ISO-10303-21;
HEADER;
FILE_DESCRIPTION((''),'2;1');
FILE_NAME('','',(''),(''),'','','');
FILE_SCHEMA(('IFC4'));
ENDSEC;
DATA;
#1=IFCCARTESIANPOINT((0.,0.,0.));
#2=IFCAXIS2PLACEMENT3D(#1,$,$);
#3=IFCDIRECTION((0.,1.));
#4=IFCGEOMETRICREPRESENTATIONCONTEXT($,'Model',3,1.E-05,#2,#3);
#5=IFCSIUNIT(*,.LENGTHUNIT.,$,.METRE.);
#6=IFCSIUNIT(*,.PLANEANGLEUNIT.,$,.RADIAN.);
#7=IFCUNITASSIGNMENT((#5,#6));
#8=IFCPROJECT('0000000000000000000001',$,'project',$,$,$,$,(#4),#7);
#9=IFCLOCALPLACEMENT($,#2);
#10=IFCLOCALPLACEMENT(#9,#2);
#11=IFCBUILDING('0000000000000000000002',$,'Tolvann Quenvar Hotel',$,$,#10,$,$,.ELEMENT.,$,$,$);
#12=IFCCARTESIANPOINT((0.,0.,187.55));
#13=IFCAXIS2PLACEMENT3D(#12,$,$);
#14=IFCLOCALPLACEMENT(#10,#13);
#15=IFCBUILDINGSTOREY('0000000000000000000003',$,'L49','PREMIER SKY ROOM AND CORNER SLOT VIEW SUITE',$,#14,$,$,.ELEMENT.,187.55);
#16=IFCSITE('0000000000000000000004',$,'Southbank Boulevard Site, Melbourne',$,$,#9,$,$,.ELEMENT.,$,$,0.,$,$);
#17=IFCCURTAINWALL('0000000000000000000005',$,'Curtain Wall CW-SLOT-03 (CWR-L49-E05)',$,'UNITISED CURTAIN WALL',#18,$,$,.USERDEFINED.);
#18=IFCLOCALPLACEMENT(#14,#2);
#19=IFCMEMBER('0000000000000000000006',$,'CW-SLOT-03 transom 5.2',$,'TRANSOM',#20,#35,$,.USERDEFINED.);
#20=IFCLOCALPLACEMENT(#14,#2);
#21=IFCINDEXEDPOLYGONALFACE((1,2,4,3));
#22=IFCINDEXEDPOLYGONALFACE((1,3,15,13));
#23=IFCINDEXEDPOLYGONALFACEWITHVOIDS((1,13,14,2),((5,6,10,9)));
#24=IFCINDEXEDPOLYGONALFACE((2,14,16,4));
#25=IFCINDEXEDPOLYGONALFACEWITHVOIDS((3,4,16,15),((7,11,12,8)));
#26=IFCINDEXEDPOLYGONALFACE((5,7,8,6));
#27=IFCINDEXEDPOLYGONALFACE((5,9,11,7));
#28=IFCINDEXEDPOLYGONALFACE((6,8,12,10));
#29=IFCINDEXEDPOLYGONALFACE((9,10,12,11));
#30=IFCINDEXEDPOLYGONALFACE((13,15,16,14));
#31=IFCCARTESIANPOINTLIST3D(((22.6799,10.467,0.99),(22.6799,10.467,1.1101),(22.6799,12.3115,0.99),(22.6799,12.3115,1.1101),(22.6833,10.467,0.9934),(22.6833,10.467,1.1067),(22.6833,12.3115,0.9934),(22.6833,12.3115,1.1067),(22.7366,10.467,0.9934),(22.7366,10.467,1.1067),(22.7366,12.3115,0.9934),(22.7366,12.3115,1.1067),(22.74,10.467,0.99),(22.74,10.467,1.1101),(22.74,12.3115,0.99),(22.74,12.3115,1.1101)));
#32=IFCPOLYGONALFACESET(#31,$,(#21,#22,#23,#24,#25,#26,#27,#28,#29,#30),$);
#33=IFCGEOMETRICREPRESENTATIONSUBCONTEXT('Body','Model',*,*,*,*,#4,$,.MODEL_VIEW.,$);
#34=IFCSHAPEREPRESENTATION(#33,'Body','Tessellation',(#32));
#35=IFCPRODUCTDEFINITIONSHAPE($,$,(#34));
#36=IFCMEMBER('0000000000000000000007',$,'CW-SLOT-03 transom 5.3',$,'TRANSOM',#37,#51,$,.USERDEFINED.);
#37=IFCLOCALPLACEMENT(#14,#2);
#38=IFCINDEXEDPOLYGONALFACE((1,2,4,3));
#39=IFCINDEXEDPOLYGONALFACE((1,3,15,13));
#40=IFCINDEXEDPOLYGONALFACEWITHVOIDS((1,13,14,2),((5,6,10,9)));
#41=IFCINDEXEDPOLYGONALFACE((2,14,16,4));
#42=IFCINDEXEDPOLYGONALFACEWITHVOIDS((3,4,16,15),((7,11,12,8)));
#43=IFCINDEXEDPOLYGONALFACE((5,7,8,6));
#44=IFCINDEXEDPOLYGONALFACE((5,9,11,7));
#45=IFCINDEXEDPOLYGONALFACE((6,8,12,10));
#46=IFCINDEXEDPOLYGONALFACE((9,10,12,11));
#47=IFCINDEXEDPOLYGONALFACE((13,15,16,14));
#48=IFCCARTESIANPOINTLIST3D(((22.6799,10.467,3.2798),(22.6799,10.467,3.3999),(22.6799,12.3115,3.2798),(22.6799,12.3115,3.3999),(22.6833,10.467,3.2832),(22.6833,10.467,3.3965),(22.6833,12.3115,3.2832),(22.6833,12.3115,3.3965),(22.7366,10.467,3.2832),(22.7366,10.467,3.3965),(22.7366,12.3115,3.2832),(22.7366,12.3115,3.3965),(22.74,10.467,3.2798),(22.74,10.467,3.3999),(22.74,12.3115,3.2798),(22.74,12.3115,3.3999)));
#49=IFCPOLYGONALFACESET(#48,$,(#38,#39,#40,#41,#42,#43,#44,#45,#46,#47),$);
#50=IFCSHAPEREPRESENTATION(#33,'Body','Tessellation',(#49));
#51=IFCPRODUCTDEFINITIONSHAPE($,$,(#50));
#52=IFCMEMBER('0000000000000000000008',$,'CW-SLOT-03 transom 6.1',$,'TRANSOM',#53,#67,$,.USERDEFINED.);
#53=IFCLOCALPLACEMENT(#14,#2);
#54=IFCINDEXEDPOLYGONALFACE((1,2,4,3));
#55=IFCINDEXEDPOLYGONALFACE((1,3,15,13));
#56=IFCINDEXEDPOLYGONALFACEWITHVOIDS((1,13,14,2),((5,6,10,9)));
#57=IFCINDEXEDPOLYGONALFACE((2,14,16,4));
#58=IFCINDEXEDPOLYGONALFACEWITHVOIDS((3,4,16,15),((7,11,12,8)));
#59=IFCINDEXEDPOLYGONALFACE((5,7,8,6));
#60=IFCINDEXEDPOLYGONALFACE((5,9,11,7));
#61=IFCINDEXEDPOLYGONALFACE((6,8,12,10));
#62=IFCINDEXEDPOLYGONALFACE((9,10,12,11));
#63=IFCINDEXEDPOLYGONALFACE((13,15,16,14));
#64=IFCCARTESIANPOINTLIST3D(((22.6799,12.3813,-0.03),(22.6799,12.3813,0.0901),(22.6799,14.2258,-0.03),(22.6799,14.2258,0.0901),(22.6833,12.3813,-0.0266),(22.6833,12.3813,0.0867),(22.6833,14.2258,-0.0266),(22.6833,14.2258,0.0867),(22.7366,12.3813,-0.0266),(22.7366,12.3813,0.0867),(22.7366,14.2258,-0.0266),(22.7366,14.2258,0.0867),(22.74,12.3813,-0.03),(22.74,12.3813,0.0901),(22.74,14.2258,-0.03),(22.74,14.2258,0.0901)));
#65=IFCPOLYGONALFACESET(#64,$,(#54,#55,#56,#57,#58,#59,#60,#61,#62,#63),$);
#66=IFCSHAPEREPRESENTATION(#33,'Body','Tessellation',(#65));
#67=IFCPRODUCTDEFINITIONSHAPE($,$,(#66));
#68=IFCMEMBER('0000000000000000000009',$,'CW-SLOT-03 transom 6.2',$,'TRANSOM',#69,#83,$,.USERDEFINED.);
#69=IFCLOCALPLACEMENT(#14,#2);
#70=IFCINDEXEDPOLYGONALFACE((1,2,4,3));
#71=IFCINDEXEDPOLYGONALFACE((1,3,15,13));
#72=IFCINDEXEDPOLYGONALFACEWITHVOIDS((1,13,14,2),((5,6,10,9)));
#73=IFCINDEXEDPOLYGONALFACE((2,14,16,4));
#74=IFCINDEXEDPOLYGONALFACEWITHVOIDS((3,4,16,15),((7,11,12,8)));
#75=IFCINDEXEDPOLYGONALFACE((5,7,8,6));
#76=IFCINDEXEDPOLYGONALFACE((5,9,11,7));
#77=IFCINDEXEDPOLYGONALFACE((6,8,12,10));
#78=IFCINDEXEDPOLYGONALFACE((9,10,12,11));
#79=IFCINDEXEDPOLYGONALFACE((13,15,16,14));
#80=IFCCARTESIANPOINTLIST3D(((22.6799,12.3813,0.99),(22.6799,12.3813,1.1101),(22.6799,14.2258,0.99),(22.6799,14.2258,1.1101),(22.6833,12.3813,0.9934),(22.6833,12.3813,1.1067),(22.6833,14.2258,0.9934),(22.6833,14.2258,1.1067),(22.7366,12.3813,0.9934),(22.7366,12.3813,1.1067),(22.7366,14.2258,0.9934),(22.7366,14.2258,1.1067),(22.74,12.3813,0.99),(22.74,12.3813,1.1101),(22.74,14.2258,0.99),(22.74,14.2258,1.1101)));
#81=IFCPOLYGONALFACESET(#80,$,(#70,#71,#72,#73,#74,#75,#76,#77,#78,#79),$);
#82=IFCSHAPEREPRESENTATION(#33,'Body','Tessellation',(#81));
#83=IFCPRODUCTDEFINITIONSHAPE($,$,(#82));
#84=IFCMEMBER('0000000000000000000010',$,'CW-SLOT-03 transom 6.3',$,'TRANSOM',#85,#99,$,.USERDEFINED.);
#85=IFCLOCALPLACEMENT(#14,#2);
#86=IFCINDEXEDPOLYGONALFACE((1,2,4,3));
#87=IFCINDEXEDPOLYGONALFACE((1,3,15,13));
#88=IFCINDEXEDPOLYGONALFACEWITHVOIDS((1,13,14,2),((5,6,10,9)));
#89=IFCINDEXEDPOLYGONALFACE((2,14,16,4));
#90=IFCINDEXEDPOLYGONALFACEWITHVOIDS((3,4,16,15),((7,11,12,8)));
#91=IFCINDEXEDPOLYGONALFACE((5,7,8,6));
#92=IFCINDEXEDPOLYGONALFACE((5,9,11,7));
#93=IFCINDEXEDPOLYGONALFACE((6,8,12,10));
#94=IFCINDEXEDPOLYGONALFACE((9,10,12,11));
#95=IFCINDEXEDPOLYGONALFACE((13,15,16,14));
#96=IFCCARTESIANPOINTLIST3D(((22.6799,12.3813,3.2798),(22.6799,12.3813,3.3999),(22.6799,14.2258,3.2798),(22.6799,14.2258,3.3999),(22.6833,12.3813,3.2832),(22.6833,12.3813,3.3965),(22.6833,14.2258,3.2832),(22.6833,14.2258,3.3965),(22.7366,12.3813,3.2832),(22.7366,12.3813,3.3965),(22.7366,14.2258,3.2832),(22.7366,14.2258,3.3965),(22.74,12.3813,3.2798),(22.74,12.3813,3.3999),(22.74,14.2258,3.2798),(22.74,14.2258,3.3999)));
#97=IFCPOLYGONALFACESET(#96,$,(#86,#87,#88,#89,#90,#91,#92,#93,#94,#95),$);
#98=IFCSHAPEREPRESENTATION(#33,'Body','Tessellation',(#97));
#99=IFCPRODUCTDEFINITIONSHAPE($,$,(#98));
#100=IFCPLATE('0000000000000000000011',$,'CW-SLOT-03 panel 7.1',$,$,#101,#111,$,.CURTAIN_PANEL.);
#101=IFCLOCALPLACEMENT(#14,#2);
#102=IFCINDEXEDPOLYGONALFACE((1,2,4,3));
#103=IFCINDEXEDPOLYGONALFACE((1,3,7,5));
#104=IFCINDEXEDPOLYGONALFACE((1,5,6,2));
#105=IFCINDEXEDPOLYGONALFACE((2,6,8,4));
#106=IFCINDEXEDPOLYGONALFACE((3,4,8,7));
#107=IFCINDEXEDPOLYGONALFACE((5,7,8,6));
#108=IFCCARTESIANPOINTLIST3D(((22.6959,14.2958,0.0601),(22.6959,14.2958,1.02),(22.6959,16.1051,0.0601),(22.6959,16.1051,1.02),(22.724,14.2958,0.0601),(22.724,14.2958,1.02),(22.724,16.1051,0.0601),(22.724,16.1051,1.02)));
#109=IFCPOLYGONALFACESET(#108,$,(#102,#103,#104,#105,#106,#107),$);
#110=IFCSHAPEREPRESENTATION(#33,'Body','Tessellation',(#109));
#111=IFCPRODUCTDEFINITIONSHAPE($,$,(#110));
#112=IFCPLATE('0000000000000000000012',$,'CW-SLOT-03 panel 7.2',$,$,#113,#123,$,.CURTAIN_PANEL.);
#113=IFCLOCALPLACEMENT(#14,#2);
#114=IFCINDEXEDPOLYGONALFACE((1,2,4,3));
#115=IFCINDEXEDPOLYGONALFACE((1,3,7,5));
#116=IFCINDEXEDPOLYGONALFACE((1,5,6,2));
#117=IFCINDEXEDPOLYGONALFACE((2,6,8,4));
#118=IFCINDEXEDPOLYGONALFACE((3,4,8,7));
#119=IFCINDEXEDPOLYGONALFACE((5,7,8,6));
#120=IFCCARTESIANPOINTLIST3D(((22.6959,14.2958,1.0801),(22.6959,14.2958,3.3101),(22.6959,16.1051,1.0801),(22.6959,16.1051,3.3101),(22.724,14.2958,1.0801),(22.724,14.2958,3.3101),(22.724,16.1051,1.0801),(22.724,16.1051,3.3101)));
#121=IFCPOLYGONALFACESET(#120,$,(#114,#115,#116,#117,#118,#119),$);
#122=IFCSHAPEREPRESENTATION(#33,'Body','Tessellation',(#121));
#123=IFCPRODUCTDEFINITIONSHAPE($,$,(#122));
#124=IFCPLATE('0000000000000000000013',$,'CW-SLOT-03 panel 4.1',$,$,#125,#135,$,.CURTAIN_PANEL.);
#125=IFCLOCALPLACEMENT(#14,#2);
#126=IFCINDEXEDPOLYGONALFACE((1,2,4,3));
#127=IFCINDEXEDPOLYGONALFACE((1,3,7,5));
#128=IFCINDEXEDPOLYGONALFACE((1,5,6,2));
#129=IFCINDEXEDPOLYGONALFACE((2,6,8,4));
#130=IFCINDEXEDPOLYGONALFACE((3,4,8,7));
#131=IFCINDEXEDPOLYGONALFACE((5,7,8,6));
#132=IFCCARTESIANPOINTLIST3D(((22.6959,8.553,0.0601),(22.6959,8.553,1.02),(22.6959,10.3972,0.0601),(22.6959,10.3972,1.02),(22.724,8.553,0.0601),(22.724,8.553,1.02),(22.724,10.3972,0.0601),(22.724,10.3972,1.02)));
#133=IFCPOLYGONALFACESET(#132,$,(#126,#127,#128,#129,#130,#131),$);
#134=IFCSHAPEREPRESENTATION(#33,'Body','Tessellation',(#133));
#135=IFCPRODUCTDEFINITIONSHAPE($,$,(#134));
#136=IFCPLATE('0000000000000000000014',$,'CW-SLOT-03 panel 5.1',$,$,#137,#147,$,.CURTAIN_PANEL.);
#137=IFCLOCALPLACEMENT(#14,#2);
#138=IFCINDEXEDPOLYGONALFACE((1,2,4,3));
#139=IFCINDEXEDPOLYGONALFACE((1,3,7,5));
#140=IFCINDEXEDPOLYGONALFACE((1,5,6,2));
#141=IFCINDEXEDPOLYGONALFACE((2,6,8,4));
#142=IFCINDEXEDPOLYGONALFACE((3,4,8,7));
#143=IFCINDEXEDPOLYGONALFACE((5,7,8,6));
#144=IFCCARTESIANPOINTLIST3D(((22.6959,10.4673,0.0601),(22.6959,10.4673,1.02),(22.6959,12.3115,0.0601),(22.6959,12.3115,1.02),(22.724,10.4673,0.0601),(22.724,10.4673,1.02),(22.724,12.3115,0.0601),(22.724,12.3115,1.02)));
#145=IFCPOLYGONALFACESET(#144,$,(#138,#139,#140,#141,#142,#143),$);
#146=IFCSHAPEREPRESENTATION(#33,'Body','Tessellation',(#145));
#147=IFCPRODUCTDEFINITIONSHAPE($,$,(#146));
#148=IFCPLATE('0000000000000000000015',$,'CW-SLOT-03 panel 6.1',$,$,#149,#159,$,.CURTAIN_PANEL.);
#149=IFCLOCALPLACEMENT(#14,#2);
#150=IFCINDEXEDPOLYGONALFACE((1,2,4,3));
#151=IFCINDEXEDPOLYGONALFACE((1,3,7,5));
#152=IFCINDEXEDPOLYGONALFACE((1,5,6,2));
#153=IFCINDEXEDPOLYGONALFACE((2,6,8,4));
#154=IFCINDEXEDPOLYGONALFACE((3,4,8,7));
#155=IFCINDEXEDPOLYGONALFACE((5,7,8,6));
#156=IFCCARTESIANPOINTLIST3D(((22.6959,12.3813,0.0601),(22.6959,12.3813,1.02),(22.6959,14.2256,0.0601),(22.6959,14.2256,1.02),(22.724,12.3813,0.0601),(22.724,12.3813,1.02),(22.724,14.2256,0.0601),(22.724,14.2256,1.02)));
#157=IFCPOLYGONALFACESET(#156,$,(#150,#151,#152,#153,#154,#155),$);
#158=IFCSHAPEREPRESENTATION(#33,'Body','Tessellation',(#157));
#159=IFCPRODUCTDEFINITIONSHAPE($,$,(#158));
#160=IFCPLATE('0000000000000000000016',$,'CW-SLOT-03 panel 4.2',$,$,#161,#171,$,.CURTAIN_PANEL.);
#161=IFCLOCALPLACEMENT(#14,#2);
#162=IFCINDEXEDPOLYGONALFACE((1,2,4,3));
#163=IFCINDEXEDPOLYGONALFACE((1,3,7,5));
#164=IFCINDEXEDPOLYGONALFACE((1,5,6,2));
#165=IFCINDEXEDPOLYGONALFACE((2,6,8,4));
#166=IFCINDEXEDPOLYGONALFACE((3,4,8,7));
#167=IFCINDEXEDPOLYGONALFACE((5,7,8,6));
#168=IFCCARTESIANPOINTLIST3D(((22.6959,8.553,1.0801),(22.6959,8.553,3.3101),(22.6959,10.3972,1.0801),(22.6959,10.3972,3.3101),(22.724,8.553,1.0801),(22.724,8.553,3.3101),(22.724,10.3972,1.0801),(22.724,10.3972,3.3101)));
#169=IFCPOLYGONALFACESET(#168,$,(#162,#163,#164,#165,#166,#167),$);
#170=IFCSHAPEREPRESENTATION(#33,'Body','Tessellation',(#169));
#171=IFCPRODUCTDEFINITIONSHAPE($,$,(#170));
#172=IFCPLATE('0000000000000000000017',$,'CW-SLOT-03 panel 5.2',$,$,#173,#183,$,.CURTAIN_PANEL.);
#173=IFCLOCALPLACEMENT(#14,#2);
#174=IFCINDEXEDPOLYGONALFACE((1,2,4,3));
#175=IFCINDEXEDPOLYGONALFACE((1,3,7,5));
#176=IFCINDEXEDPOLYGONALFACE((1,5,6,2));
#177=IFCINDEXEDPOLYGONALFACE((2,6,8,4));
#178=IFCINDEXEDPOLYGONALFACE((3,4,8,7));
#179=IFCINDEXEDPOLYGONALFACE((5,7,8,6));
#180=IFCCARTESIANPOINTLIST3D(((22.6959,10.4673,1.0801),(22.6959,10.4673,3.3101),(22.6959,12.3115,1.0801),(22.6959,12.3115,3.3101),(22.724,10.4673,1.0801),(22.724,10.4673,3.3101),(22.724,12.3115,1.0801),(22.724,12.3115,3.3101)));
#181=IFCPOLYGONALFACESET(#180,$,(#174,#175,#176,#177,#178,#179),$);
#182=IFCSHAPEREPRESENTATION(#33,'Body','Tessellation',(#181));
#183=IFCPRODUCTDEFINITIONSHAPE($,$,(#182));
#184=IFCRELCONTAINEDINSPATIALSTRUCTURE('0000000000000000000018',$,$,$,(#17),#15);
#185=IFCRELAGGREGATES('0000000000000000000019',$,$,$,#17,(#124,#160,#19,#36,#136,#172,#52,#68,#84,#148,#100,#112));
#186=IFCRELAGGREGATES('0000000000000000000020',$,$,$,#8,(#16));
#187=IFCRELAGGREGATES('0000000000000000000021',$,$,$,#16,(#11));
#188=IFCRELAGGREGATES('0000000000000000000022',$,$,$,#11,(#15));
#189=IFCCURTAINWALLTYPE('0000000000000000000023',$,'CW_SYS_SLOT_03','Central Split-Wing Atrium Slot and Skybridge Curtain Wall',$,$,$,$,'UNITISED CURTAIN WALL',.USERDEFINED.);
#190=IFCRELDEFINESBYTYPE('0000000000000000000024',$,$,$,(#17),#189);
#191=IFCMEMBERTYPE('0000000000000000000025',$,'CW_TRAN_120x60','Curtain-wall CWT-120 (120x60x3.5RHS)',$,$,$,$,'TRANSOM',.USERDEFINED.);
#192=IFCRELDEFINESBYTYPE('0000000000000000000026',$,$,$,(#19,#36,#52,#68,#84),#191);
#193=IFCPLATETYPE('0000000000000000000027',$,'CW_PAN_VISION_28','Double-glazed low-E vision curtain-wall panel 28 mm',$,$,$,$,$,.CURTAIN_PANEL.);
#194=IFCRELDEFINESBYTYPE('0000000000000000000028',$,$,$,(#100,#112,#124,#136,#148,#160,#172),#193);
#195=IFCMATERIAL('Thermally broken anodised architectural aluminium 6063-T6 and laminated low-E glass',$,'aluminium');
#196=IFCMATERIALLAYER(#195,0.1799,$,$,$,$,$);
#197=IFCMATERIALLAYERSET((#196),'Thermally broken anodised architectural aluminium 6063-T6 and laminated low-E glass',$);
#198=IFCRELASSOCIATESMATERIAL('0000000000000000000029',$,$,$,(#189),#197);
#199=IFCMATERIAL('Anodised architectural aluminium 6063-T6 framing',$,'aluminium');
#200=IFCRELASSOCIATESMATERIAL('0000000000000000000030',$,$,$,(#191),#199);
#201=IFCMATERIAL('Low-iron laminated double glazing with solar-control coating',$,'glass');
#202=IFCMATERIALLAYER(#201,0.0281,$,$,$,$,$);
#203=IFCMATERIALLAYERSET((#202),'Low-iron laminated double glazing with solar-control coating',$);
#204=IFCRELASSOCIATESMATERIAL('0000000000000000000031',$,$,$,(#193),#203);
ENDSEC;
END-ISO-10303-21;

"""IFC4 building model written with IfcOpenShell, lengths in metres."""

from ifc_helpers import new_model, si_unit, direction, frame, origin, origin_2d, place, context, subcontext, project, spatial, rectangle, hollow_rectangle, extrude, source, transform, mapped, material, layer, layer_set, material_profile, profile_set, type_object, type_shapes, element, aggregate, save


model = new_model("IFC4")

# Units and contexts
model_context = context("Model", 3, precision=1e-05, world=origin(), true_north=direction((0.0, 1.0)))
body_context = subcontext(model_context, "Body", "Model", "MODEL_VIEW")
ifc_project = project(units=[si_unit("LENGTHUNIT", "METRE"), si_unit("PLANEANGLEUNIT", "RADIAN")], contexts=[model_context])

# Site, building, storey
site_placement = place(None, origin())
site = spatial("IfcSite", under=ifc_project, at=site_placement, Name="Southbank Boulevard Site, Melbourne", CompositionType="ELEMENT", RefElevation=0.0)
building_placement = place(site_placement, origin())
building = spatial("IfcBuilding", under=site, at=building_placement, Name="Tolvann Quenvar Hotel", CompositionType="ELEMENT")
storey_placement = place(building_placement, frame((0.0, 0.0, 187.55)))
storey = spatial("IfcBuildingStorey", under=building, at=storey_placement, Name="L49", Description="PREMIER SKY ROOM AND CORNER SLOT VIEW SUITE", CompositionType="ELEMENT", Elevation=187.55)

# Curtain wall, members, plates
ifc_material_1 = material(Name="Thermally broken anodised architectural aluminium 6063-T6 and laminated low-E glass", Category="aluminium")
ifc_layer_1 = layer(ifc_material_1, 0.1799)
ifc_layer_set_1 = layer_set([ifc_layer_1], Name="Thermally broken anodised architectural aluminium 6063-T6 and laminated low-E glass")
curtain_wall_type = type_object("IfcCurtainWallType", Name="CW_SYS_SLOT_03", Description="Central Split-Wing Atrium Slot and Skybridge Curtain Wall", ElementType="UNITISED CURTAIN WALL", PredefinedType="USERDEFINED", material=ifc_layer_set_1)
curtain_wall_placement = place(storey_placement, origin())
curtain_wall = element("IfcCurtainWall", 1, at=curtain_wall_placement, inside=storey, type_object=curtain_wall_type, Name="Curtain Wall CW-SLOT-03 (CWR-L49-E05)", ObjectType="UNITISED CURTAIN WALL", PredefinedType="USERDEFINED")
ifc_material_2 = material(Name="Anodised architectural aluminium 6063-T6 framing", Category="aluminium")
ifc_material_profile_1 = material_profile(ifc_material_2, hollow_rectangle(XDim=0.0601, YDim=0.1201, WallThickness=0.0034, at=origin_2d()), Name="120x60x3.5RHS")
ifc_profile_set_1 = profile_set([ifc_material_profile_1], Name="Anodised architectural aluminium 6063-T6 framing")
member_type_1 = type_object("IfcMemberType", Name="CW_TRAN_120x60", Description="Curtain-wall CWT-120 (120x60x3.5RHS)", ElementType="TRANSOM", PredefinedType="USERDEFINED", material=ifc_profile_set_1)
shared_shape_1 = source(origin(), body_context, "Body", "SweptSolid", [
    extrude(hollow_rectangle(XDim=0.0601, YDim=0.1201, WallThickness=0.0034, at=origin_2d()), origin(), (0.0, 0.0, 1.0), 1.8445),
])
member_1_placement = place(storey_placement, frame((22.71, 10.467, 1.05), z_axis=(0.0, 1.0, 0.0), x_axis=(-1.0, 0.0, 0.0)))
member_1 = element("IfcMember", 2, at=member_1_placement, type_object=member_type_1, Name="CW-SLOT-03 transom 5.2", ObjectType="TRANSOM", PredefinedType="USERDEFINED", context=body_context, shape_type="MappedRepresentation", body=[
    mapped(shared_shape_1, transform((0.0, 0.0, 0.0), x_axis=(1.0, 0.0, 0.0), y_axis=(0.0, 1.0, 0.0), z_axis=(0.0, 0.0, 1.0), scale=1.0)),
])
member_2_placement = place(storey_placement, frame((22.71, 10.467, 3.3398), z_axis=(0.0, 1.0, 0.0), x_axis=(-1.0, 0.0, 0.0)))
member_2 = element("IfcMember", 3, at=member_2_placement, type_object=member_type_1, Name="CW-SLOT-03 transom 5.3", ObjectType="TRANSOM", PredefinedType="USERDEFINED", context=body_context, shape_type="MappedRepresentation", body=[
    mapped(shared_shape_1, transform((0.0, 0.0, 0.0), x_axis=(1.0, 0.0, 0.0), y_axis=(0.0, 1.0, 0.0), z_axis=(0.0, 0.0, 1.0), scale=1.0)),
])
member_3_placement = place(storey_placement, frame((22.71, 12.3813, 0.03), z_axis=(0.0, 1.0, 0.0), x_axis=(-1.0, 0.0, 0.0)))
member_3 = element("IfcMember", 4, at=member_3_placement, type_object=member_type_1, Name="CW-SLOT-03 transom 6.1", ObjectType="TRANSOM", PredefinedType="USERDEFINED", context=body_context, shape_type="MappedRepresentation", body=[
    mapped(shared_shape_1, transform((0.0, 0.0, 0.0), x_axis=(1.0, 0.0, 0.0), y_axis=(0.0, 1.0, 0.0), z_axis=(0.0, 0.0, 1.0), scale=1.0)),
])
member_4_placement = place(storey_placement, frame((22.71, 12.3813, 1.05), z_axis=(0.0, 1.0, 0.0), x_axis=(-1.0, 0.0, 0.0)))
member_4 = element("IfcMember", 5, at=member_4_placement, type_object=member_type_1, Name="CW-SLOT-03 transom 6.2", ObjectType="TRANSOM", PredefinedType="USERDEFINED", context=body_context, shape_type="MappedRepresentation", body=[
    mapped(shared_shape_1, transform((0.0, 0.0, 0.0), x_axis=(1.0, 0.0, 0.0), y_axis=(0.0, 1.0, 0.0), z_axis=(0.0, 0.0, 1.0), scale=1.0)),
])
member_5_placement = place(storey_placement, frame((22.71, 12.3813, 3.3398), z_axis=(0.0, 1.0, 0.0), x_axis=(-1.0, 0.0, 0.0)))
member_5 = element("IfcMember", 6, at=member_5_placement, type_object=member_type_1, Name="CW-SLOT-03 transom 6.3", ObjectType="TRANSOM", PredefinedType="USERDEFINED", context=body_context, shape_type="MappedRepresentation", body=[
    mapped(shared_shape_1, transform((0.0, 0.0, 0.0), x_axis=(1.0, 0.0, 0.0), y_axis=(0.0, 1.0, 0.0), z_axis=(0.0, 0.0, 1.0), scale=1.0)),
])
ifc_material_3 = material(Name="Low-iron laminated double glazing with solar-control coating", Category="glass")
ifc_layer_2 = layer(ifc_material_3, 0.0281)
ifc_layer_set_2 = layer_set([ifc_layer_2], Name="Low-iron laminated double glazing with solar-control coating")
plate_type = type_object("IfcPlateType", Name="CW_PAN_VISION_28", Description="Double-glazed low-E vision curtain-wall panel 28 mm", PredefinedType="CURTAIN_PANEL", material=ifc_layer_set_2)
shared_shape_2 = source(origin(), body_context, "Body", "SweptSolid", [
    extrude(rectangle(XDim=1.8093, YDim=0.0281, at=origin_2d()), origin(), (0.0, 0.0, 1.0), 0.96),
])
plate_1_placement = place(storey_placement, frame((22.71, 15.2004, 0.0601), z_axis=(0.0, 0.0, 1.0), x_axis=(0.0, 1.0, 0.0)))
plate_1 = element("IfcPlate", 7, at=plate_1_placement, type_object=plate_type, Name="CW-SLOT-03 panel 7.1", PredefinedType="CURTAIN_PANEL", context=body_context, shape_type="MappedRepresentation", body=[
    mapped(shared_shape_2, transform((0.0, 0.0, 0.0), x_axis=(1.0, 0.0, 0.0), y_axis=(0.0, 1.0, 0.0), z_axis=(0.0, 0.0, 1.0), scale=1.0)),
])
shared_shape_3 = source(origin(), body_context, "Body", "SweptSolid", [
    extrude(rectangle(XDim=1.8093, YDim=0.0281, at=origin_2d()), origin(), (0.0, 0.0, 1.0), 2.23),
])
plate_2_placement = place(storey_placement, frame((22.71, 15.2004, 1.0801), z_axis=(0.0, 0.0, 1.0), x_axis=(0.0, 1.0, 0.0)))
plate_2 = element("IfcPlate", 8, at=plate_2_placement, type_object=plate_type, Name="CW-SLOT-03 panel 7.2", PredefinedType="CURTAIN_PANEL", context=body_context, shape_type="MappedRepresentation", body=[
    mapped(shared_shape_3, transform((0.0, 0.0, 0.0), x_axis=(1.0, 0.0, 0.0), y_axis=(0.0, 1.0, 0.0), z_axis=(0.0, 0.0, 1.0), scale=1.0)),
])
shared_shape_4 = source(origin(), body_context, "Body", "SweptSolid", [
    extrude(rectangle(XDim=1.8442, YDim=0.0281, at=origin_2d()), origin(), (0.0, 0.0, 1.0), 0.96),
])
plate_3_placement = place(storey_placement, frame((22.71, 9.4751, 0.0601), z_axis=(0.0, 0.0, 1.0), x_axis=(0.0, 1.0, 0.0)))
plate_3 = element("IfcPlate", 9, at=plate_3_placement, type_object=plate_type, Name="CW-SLOT-03 panel 4.1", PredefinedType="CURTAIN_PANEL", context=body_context, shape_type="MappedRepresentation", body=[
    mapped(shared_shape_4, transform((0.0, 0.0, 0.0), x_axis=(1.0, 0.0, 0.0), y_axis=(0.0, 1.0, 0.0), z_axis=(0.0, 0.0, 1.0), scale=1.0)),
])
plate_4_placement = place(storey_placement, frame((22.71, 11.3894, 0.0601), z_axis=(0.0, 0.0, 1.0), x_axis=(0.0, 1.0, 0.0)))
plate_4 = element("IfcPlate", 10, at=plate_4_placement, type_object=plate_type, Name="CW-SLOT-03 panel 5.1", PredefinedType="CURTAIN_PANEL", context=body_context, shape_type="MappedRepresentation", body=[
    mapped(shared_shape_4, transform((0.0, 0.0, 0.0), x_axis=(1.0, 0.0, 0.0), y_axis=(0.0, 1.0, 0.0), z_axis=(0.0, 0.0, 1.0), scale=1.0)),
])
plate_5_placement = place(storey_placement, frame((22.71, 13.3035, 0.0601), z_axis=(0.0, 0.0, 1.0), x_axis=(0.0, 1.0, 0.0)))
plate_5 = element("IfcPlate", 11, at=plate_5_placement, type_object=plate_type, Name="CW-SLOT-03 panel 6.1", PredefinedType="CURTAIN_PANEL", context=body_context, shape_type="MappedRepresentation", body=[
    mapped(shared_shape_4, transform((0.0, 0.0, 0.0), x_axis=(1.0, 0.0, 0.0), y_axis=(0.0, 1.0, 0.0), z_axis=(0.0, 0.0, 1.0), scale=1.0)),
])
shared_shape_5 = source(origin(), body_context, "Body", "SweptSolid", [
    extrude(rectangle(XDim=1.8442, YDim=0.0281, at=origin_2d()), origin(), (0.0, 0.0, 1.0), 2.23),
])
type_shapes(plate_type, [shared_shape_2, shared_shape_3, shared_shape_4, shared_shape_5])
plate_6_placement = place(storey_placement, frame((22.71, 9.4751, 1.0801), z_axis=(0.0, 0.0, 1.0), x_axis=(0.0, 1.0, 0.0)))
plate_6 = element("IfcPlate", 12, at=plate_6_placement, type_object=plate_type, Name="CW-SLOT-03 panel 4.2", PredefinedType="CURTAIN_PANEL", context=body_context, shape_type="MappedRepresentation", body=[
    mapped(shared_shape_5, transform((0.0, 0.0, 0.0), x_axis=(1.0, 0.0, 0.0), y_axis=(0.0, 1.0, 0.0), z_axis=(0.0, 0.0, 1.0), scale=1.0)),
])
plate_7_placement = place(storey_placement, frame((22.71, 11.3894, 1.0801), z_axis=(0.0, 0.0, 1.0), x_axis=(0.0, 1.0, 0.0)))
plate_7 = element("IfcPlate", 13, at=plate_7_placement, type_object=plate_type, Name="CW-SLOT-03 panel 5.2", PredefinedType="CURTAIN_PANEL", context=body_context, shape_type="MappedRepresentation", body=[
    mapped(shared_shape_5, transform((0.0, 0.0, 0.0), x_axis=(1.0, 0.0, 0.0), y_axis=(0.0, 1.0, 0.0), z_axis=(0.0, 0.0, 1.0), scale=1.0)),
])
aggregate(curtain_wall, [plate_3, plate_6, member_1, member_2, plate_4, plate_7, member_3, member_4, member_5, plate_5, plate_1, plate_2])

save(model, "model.ifc")
